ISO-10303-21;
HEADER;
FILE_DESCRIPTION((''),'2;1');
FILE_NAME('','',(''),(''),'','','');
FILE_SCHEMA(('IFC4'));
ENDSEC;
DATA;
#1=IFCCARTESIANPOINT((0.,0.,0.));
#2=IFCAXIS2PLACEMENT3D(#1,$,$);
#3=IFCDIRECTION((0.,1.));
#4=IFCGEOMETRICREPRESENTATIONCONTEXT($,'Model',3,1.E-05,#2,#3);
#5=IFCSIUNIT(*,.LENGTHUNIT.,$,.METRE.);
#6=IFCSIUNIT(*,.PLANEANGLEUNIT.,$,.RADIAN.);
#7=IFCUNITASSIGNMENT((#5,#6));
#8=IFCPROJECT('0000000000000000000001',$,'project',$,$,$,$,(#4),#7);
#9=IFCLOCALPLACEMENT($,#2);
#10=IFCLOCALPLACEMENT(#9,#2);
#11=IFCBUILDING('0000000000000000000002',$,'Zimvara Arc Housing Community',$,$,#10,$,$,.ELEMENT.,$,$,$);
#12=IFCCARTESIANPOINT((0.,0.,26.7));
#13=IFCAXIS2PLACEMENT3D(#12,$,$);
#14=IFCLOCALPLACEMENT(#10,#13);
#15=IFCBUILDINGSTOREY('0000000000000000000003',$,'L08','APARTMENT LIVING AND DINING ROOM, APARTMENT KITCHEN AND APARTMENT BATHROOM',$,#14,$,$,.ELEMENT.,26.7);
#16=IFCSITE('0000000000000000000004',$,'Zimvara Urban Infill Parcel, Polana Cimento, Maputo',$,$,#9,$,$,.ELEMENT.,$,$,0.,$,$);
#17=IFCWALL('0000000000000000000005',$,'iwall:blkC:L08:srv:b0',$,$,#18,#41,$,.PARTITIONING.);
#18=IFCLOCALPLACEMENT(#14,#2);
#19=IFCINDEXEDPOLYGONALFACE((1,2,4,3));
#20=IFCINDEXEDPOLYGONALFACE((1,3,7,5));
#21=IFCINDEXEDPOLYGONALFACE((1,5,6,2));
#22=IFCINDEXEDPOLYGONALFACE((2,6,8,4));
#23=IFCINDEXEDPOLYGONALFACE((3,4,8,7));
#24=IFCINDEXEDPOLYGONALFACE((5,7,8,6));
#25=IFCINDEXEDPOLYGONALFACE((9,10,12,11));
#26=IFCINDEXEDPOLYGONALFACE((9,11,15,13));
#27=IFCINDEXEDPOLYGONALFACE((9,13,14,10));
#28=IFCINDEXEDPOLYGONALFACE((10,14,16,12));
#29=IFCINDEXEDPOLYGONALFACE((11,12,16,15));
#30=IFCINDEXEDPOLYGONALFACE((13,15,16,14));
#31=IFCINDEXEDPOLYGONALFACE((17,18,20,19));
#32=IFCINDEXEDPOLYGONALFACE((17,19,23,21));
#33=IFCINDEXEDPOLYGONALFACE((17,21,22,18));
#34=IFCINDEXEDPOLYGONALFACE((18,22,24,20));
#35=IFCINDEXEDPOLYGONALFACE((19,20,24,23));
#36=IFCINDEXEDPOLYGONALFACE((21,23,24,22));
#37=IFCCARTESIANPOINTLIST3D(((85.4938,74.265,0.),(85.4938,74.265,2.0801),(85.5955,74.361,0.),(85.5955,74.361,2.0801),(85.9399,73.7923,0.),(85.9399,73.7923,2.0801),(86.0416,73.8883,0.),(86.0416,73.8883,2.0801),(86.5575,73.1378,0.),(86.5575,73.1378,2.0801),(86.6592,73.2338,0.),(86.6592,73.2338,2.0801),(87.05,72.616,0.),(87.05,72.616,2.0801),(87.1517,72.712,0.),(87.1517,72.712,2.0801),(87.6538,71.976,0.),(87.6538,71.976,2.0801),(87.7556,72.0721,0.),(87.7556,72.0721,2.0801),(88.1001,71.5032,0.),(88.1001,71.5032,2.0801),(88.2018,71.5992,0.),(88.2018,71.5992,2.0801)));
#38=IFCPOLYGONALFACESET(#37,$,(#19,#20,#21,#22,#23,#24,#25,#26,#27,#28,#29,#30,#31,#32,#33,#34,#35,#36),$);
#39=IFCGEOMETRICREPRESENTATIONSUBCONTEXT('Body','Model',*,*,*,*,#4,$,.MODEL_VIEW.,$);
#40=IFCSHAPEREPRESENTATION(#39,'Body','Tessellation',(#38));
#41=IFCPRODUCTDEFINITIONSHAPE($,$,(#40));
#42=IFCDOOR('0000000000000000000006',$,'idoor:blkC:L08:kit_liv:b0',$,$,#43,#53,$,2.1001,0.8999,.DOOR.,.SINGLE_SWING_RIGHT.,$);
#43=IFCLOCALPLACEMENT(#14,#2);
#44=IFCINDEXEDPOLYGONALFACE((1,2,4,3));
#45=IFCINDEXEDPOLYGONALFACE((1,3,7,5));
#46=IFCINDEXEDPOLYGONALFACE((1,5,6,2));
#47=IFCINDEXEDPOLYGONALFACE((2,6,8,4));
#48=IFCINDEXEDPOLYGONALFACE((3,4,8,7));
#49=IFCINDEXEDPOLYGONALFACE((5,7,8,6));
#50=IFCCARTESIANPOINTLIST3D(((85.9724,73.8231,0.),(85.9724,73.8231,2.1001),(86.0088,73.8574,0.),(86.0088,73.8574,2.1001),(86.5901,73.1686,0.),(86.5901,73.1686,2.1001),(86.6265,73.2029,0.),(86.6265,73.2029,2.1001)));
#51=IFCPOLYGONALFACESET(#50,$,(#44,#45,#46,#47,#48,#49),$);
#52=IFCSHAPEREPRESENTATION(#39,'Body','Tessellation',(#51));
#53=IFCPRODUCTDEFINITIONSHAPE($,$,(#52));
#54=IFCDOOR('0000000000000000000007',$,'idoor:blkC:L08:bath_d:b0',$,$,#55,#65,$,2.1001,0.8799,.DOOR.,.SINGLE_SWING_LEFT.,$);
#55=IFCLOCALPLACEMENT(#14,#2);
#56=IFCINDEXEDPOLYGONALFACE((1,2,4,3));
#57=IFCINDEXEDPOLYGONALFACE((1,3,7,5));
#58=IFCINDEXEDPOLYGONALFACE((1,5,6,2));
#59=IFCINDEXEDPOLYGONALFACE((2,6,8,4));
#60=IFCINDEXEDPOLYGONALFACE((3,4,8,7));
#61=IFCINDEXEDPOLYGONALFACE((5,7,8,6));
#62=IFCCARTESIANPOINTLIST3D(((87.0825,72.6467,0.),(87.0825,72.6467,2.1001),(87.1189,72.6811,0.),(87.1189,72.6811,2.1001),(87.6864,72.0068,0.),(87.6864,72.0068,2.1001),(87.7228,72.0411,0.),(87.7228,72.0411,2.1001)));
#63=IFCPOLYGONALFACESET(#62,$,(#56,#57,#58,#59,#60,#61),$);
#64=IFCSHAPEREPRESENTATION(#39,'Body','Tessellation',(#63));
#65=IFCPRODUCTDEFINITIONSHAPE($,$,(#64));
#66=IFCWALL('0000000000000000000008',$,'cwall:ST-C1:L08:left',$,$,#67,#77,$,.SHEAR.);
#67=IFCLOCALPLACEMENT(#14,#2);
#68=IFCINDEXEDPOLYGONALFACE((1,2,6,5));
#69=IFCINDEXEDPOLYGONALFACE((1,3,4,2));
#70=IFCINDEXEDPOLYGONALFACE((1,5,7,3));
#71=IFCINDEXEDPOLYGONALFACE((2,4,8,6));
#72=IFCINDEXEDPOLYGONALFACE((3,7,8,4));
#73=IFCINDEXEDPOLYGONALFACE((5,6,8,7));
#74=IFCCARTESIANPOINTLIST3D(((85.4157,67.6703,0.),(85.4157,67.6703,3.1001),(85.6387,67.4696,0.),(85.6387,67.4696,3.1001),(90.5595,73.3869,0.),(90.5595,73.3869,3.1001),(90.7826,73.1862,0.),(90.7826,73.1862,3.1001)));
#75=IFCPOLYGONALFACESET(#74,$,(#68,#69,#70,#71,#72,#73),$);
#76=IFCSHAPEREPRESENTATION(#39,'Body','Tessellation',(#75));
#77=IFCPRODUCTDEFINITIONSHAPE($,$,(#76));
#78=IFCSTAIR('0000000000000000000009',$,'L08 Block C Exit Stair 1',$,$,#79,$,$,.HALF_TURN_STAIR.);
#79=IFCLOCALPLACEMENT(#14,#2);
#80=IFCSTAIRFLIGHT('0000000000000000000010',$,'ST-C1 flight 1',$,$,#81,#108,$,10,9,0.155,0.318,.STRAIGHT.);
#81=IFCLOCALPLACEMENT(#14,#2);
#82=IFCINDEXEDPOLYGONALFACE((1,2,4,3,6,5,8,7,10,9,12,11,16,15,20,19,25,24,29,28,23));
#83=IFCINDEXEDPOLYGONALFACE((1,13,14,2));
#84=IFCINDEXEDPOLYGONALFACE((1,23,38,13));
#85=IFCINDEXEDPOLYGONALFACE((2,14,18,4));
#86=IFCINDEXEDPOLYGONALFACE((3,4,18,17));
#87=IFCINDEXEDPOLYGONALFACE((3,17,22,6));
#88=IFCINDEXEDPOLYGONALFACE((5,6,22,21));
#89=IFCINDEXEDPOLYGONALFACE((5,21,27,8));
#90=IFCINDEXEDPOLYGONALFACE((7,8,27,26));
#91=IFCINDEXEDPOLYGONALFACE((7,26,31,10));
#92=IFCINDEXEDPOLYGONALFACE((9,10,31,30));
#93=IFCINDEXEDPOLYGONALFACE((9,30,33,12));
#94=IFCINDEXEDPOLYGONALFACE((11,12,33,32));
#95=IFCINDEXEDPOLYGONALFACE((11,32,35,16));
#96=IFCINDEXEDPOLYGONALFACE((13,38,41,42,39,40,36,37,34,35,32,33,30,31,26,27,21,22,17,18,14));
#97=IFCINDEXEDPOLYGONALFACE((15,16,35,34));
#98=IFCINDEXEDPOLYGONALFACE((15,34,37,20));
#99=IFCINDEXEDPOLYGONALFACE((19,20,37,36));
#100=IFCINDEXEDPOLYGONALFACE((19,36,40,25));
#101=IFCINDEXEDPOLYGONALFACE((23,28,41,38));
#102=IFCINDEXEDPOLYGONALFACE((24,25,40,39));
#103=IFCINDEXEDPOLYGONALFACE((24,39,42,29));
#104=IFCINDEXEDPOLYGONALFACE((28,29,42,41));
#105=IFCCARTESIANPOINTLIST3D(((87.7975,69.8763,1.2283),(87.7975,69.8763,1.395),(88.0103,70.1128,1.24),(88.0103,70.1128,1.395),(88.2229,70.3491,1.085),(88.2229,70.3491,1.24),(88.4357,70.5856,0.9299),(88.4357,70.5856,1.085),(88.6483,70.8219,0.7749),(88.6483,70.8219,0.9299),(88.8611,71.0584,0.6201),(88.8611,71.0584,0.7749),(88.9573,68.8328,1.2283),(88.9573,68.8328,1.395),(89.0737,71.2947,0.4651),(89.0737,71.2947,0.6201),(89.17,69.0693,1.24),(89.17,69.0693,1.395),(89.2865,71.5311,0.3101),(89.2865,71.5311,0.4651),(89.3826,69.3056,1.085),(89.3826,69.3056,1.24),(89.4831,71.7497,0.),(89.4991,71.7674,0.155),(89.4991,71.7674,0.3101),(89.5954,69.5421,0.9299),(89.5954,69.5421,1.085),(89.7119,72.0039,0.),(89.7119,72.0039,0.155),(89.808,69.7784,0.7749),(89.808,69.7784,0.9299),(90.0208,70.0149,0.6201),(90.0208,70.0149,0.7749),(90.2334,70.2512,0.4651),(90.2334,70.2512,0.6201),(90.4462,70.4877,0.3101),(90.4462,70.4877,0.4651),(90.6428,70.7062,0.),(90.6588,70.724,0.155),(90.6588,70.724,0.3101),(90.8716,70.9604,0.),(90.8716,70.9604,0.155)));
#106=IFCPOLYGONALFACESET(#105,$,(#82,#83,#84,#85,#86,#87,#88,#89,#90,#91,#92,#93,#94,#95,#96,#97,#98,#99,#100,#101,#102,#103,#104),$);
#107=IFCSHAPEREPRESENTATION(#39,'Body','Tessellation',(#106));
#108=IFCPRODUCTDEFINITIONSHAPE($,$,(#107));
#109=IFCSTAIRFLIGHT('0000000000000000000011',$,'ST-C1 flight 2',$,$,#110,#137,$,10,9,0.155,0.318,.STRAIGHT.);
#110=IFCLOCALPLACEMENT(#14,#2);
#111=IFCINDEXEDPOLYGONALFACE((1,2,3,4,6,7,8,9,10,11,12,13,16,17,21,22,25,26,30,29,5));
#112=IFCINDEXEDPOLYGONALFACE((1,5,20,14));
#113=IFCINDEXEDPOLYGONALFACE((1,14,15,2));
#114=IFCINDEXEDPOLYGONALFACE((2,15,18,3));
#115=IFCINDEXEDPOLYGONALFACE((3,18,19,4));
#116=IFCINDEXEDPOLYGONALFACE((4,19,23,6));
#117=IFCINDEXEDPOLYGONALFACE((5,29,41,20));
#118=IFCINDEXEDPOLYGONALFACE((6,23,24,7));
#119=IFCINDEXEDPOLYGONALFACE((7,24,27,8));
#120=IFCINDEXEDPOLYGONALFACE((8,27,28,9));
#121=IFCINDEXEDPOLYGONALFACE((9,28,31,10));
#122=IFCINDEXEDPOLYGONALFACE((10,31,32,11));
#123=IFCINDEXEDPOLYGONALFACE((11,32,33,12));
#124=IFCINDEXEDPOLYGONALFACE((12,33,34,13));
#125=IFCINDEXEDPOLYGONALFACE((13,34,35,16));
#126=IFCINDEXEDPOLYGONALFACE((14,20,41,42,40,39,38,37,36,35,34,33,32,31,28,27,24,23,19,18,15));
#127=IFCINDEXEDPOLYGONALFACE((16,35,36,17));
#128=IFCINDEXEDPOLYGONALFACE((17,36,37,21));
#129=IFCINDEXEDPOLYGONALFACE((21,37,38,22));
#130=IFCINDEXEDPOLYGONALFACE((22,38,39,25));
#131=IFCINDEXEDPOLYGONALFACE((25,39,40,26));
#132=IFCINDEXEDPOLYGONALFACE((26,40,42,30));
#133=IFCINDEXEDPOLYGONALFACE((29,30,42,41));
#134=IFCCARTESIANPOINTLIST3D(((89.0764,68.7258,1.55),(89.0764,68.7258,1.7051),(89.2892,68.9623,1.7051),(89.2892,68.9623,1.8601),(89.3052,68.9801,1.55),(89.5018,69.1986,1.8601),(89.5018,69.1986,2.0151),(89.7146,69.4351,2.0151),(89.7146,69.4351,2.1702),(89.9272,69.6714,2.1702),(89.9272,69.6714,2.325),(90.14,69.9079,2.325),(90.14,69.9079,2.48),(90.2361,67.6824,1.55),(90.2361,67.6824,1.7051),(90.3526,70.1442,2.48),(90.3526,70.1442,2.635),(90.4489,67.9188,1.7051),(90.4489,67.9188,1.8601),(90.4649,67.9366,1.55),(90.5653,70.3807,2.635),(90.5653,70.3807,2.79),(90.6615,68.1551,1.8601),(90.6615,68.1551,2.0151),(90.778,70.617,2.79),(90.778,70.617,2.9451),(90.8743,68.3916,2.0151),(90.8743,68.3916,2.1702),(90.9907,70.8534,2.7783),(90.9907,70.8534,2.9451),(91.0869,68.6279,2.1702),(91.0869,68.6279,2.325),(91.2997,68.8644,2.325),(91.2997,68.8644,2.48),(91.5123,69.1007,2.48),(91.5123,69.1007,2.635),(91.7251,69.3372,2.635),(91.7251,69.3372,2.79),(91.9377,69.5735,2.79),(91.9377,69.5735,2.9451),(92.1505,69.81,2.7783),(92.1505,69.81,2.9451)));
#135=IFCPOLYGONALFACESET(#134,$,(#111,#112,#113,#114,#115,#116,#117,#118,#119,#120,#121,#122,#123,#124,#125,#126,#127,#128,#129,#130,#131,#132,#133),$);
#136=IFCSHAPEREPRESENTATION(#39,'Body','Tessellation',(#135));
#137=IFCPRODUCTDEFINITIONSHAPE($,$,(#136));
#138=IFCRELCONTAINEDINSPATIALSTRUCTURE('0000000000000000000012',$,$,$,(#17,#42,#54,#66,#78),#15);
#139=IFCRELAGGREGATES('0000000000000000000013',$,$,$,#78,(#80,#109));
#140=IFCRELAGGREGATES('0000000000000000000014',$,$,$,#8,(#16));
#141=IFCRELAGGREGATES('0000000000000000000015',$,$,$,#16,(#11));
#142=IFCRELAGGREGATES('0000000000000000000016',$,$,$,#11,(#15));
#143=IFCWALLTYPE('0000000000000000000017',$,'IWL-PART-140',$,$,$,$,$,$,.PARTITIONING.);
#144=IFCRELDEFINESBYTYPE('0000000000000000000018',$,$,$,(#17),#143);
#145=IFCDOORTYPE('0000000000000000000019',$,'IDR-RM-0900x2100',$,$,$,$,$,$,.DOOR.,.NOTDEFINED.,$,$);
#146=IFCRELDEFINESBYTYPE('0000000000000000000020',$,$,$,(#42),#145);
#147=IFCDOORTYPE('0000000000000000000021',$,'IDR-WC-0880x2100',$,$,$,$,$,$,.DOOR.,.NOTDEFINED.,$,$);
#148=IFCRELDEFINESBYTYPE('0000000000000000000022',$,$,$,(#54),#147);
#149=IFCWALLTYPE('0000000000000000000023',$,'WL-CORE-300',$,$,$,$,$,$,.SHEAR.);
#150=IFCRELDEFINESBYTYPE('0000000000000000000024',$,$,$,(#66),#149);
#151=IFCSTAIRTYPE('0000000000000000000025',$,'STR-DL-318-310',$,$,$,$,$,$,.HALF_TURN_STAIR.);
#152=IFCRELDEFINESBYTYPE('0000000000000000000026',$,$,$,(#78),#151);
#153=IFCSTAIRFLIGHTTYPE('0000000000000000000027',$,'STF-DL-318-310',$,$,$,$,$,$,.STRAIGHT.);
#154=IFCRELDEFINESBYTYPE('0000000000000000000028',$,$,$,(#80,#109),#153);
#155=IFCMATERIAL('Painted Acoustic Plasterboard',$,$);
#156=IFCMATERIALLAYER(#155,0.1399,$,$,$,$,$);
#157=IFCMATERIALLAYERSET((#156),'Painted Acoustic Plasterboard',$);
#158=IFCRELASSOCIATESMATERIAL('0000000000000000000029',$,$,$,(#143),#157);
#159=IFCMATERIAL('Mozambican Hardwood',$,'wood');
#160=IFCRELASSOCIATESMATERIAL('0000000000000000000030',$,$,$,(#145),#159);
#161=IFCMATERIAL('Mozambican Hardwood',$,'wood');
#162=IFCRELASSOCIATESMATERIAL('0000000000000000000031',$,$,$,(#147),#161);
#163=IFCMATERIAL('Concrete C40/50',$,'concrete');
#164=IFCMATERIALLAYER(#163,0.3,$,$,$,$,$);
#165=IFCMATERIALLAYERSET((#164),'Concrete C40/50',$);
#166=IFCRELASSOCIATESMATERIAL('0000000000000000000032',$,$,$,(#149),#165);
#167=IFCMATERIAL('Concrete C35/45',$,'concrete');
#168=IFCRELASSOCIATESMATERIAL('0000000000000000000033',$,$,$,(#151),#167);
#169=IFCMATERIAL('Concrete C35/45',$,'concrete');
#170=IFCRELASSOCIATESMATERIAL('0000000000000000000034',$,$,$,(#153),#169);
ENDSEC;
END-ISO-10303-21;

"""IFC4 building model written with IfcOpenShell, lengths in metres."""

from ifc_helpers import new_model, si_unit, direction, frame, frame_2d, origin, place, context, subcontext, project, spatial, polyline, rectangle, outline, extrude, material, layer, layer_set, type_object, element, fill, aggregate, save


model = new_model("IFC4")

# Units and contexts
model_context = context("Model", 3, precision=1e-05, world=origin(), true_north=direction((0.0, 1.0)))
body_context = subcontext(model_context, "Body", "Model", "MODEL_VIEW")
ifc_project = project(units=[si_unit("LENGTHUNIT", "METRE"), si_unit("PLANEANGLEUNIT", "RADIAN")], contexts=[model_context])

# Site, building, storey
site_placement = place(None, origin())
site = spatial("IfcSite", under=ifc_project, at=site_placement, Name="Zimvara Urban Infill Parcel, Polana Cimento, Maputo", CompositionType="ELEMENT", RefElevation=0.0)
building_placement = place(site_placement, origin())
building = spatial("IfcBuilding", under=site, at=building_placement, Name="Zimvara Arc Housing Community", CompositionType="ELEMENT")
storey_placement = place(building_placement, frame((0.0, 0.0, 26.7)))
storey = spatial("IfcBuildingStorey", under=building, at=storey_placement, Name="L08", Description="APARTMENT LIVING AND DINING ROOM, APARTMENT KITCHEN AND APARTMENT BATHROOM", CompositionType="ELEMENT", Elevation=26.7)

# Wall, openings, doors
ifc_material_1 = material(Name="Painted Acoustic Plasterboard")
ifc_layer_1 = layer(ifc_material_1, 0.1399)
ifc_layer_set_1 = layer_set([ifc_layer_1], Name="Painted Acoustic Plasterboard")
wall_type_1 = type_object("IfcWallType", Name="IWL-PART-140", PredefinedType="PARTITIONING", material=ifc_layer_set_1)
wall_1_placement = place(storey_placement, frame((85.5447, 74.313, 0.0), z_axis=(0.0, 0.0, 1.0), x_axis=(0.686333, -0.727288, 0.0)))
wall_1 = element("IfcWall", 1, at=wall_1_placement, inside=storey, type_object=wall_type_1, Name="iwall:blkC:L08:srv:b0", PredefinedType="PARTITIONING", context=body_context, shape_type="SweptSolid", body=[
    extrude(rectangle(XDim=3.7974, YDim=0.1399, at=frame_2d((1.8987, 0.0))), origin(), (0.0, 0.0, 1.0), 2.0801),
])
opening_1_placement = place(wall_1_placement, frame((0.6499, 0.0, 0.0)))
opening_1 = element("IfcOpeningElement", 2, at=opening_1_placement, cuts=wall_1, PredefinedType="OPENING", context=body_context, shape_type="SweptSolid", body=[
    extrude(rectangle(XDim=0.8999, YDim=2.1001, at=frame_2d((0.45, 1.05))), frame((0.0, 0.0798, 0.0), z_axis=(0.0, -1.0, 0.0), x_axis=(1.0, 0.0, 0.0)), (0.0, 0.0, 1.0), 0.1599),
])
opening_2_placement = place(wall_1_placement, frame((2.2673, 0.0, 0.0)))
opening_2 = element("IfcOpeningElement", 3, at=opening_2_placement, cuts=wall_1, PredefinedType="OPENING", context=body_context, shape_type="SweptSolid", body=[
    extrude(rectangle(XDim=0.8799, YDim=2.1001, at=frame_2d((0.4399, 1.05))), frame((0.0, 0.0798, 0.0), z_axis=(0.0, -1.0, 0.0), x_axis=(1.0, 0.0, 0.0)), (0.0, 0.0, 1.0), 0.1599),
])
ifc_material_2 = material(Name="Mozambican Hardwood", Category="wood")
door_type_1 = type_object("IfcDoorType", Name="IDR-RM-0900x2100", OperationType="NOTDEFINED", PredefinedType="DOOR", material=ifc_material_2)
door_1_placement = place(opening_1_placement, origin())
door_1 = element("IfcDoor", 4, at=door_1_placement, inside=storey, type_object=door_type_1, Name="idoor:blkC:L08:kit_liv:b0", OperationType="SINGLE_SWING_RIGHT", OverallHeight=2.1001, OverallWidth=0.8999, PredefinedType="DOOR", context=body_context, shape_type="SweptSolid", body=[
    extrude(rectangle(XDim=0.8999, YDim=2.1001, at=frame_2d((0.45, 1.05))), frame((0.0, 0.0249, 0.0), z_axis=(0.0, -1.0, 0.0), x_axis=(1.0, 0.0, 0.0)), (0.0, 0.0, 1.0), 0.05),
])
fill(opening_1, door_1)
ifc_material_3 = material(Name="Mozambican Hardwood", Category="wood")
door_type_2 = type_object("IfcDoorType", Name="IDR-WC-0880x2100", OperationType="NOTDEFINED", PredefinedType="DOOR", material=ifc_material_3)
door_2_placement = place(opening_2_placement, origin())
door_2 = element("IfcDoor", 5, at=door_2_placement, inside=storey, type_object=door_type_2, Name="idoor:blkC:L08:bath_d:b0", OperationType="SINGLE_SWING_LEFT", OverallHeight=2.1001, OverallWidth=0.8799, PredefinedType="DOOR", context=body_context, shape_type="SweptSolid", body=[
    extrude(rectangle(XDim=0.8799, YDim=2.1001, at=frame_2d((0.4399, 1.05))), frame((0.0, 0.0249, 0.0), z_axis=(0.0, -1.0, 0.0), x_axis=(1.0, 0.0, 0.0)), (0.0, 0.0, 1.0), 0.05),
])
fill(opening_2, door_2)

# Shared definitions
ifc_material_4 = material(Name="Concrete C40/50", Category="concrete")
ifc_layer_2 = layer(ifc_material_4, 0.3)
ifc_layer_set_2 = layer_set([ifc_layer_2], Name="Concrete C40/50")
wall_type_2 = type_object("IfcWallType", Name="WL-CORE-300", PredefinedType="SHEAR", material=ifc_layer_set_2)

# Wall
wall_2_placement = place(storey_placement, frame((90.6711, 73.2866, 0.0), z_axis=(0.0, 0.0, 1.0), x_axis=(-0.668886, -0.743365, 0.0)))
element("IfcWall", 6, at=wall_2_placement, inside=storey, type_object=wall_type_2, Name="cwall:ST-C1:L08:left", PredefinedType="SHEAR", context=body_context, shape_type="SweptSolid", body=[
    extrude(rectangle(XDim=7.6902, YDim=0.3, at=frame_2d((3.8452, 0.0))), origin(), (0.0, 0.0, 1.0), 3.1001),
])

# Stair, stair flights
ifc_material_5 = material(Name="Concrete C35/45", Category="concrete")
stair_type = type_object("IfcStairType", Name="STR-DL-318-310", PredefinedType="HALF_TURN_STAIR", material=ifc_material_5)
stair_placement = place(storey_placement, origin())
stair = element("IfcStair", 7, at=stair_placement, inside=storey, type_object=stair_type, Name="L08 Block C Exit Stair 1", PredefinedType="HALF_TURN_STAIR")
ifc_material_6 = material(Name="Concrete C35/45", Category="concrete")
stair_flight_type = type_object("IfcStairFlightType", Name="STF-DL-318-310", PredefinedType="STRAIGHT", material=ifc_material_6)
stair_flight_1_placement = place(storey_placement, frame((90.2917, 71.4822, 0.0), z_axis=(0.0, 0.0, 1.0), x_axis=(-0.668871, -0.743378, 0.0)))
stair_flight_1 = element("IfcStairFlight", 8, at=stair_flight_1_placement, type_object=stair_flight_type, Name="ST-C1 flight 1", NumberOfRisers=10, NumberOfTreads=9, PredefinedType="STRAIGHT", RiserHeight=0.155, TreadLength=0.318, context=body_context, shape_type="SweptSolid", body=[
    extrude(outline(polyline([(0.0, 0.0), (0.0, 0.155), (0.3181, 0.155), (0.3181, 0.3101), (0.636, 0.3101), (0.636, 0.4651), (0.9541, 0.4651), (0.9541, 0.6201), (1.272, 0.6201), (1.272, 0.7749), (1.5901, 0.7749), (1.5901, 0.9299), (1.908, 0.9299), (1.908, 1.085), (2.2261, 1.085), (2.2261, 1.24), (2.5439, 1.24), (2.5439, 1.395), (2.8621, 1.395), (2.8621, 1.55), (2.8621, 1.2283), (0.342, 0.0), (0.0, 0.0)])), frame((0.0, 0.78, 0.0), z_axis=(0.0, -1.0, 0.0), x_axis=(1.0, 0.0, 0.0)), (0.0, 0.0, 1.0), 1.5601),
])
stair_flight_2_placement = place(storey_placement, frame((89.6562, 68.2041, 1.55), z_axis=(0.0, 0.0, 1.0), x_axis=(0.668871, 0.743378, 0.0)))
stair_flight_2 = element("IfcStairFlight", 9, at=stair_flight_2_placement, type_object=stair_flight_type, Name="ST-C1 flight 2", NumberOfRisers=10, NumberOfTreads=9, PredefinedType="STRAIGHT", RiserHeight=0.155, TreadLength=0.318, context=body_context, shape_type="SweptSolid", body=[
    extrude(outline(polyline([(0.0, 0.0), (0.0, 0.155), (0.3181, 0.155), (0.3181, 0.3101), (0.636, 0.3101), (0.636, 0.4651), (0.9541, 0.4651), (0.9541, 0.6201), (1.272, 0.6201), (1.272, 0.7749), (1.5901, 0.7749), (1.5901, 0.9299), (1.908, 0.9299), (1.908, 1.085), (2.2261, 1.085), (2.2261, 1.24), (2.5439, 1.24), (2.5439, 1.395), (2.8621, 1.395), (2.8621, 1.55), (2.8621, 1.2283), (0.342, 0.0), (0.0, 0.0)])), frame((0.0, 0.78, 0.0), z_axis=(0.0, -1.0, 0.0), x_axis=(1.0, 0.0, 0.0)), (0.0, 0.0, 1.0), 1.5601),
])
aggregate(stair, [stair_flight_1, stair_flight_2])

save(model, "model.ifc")
